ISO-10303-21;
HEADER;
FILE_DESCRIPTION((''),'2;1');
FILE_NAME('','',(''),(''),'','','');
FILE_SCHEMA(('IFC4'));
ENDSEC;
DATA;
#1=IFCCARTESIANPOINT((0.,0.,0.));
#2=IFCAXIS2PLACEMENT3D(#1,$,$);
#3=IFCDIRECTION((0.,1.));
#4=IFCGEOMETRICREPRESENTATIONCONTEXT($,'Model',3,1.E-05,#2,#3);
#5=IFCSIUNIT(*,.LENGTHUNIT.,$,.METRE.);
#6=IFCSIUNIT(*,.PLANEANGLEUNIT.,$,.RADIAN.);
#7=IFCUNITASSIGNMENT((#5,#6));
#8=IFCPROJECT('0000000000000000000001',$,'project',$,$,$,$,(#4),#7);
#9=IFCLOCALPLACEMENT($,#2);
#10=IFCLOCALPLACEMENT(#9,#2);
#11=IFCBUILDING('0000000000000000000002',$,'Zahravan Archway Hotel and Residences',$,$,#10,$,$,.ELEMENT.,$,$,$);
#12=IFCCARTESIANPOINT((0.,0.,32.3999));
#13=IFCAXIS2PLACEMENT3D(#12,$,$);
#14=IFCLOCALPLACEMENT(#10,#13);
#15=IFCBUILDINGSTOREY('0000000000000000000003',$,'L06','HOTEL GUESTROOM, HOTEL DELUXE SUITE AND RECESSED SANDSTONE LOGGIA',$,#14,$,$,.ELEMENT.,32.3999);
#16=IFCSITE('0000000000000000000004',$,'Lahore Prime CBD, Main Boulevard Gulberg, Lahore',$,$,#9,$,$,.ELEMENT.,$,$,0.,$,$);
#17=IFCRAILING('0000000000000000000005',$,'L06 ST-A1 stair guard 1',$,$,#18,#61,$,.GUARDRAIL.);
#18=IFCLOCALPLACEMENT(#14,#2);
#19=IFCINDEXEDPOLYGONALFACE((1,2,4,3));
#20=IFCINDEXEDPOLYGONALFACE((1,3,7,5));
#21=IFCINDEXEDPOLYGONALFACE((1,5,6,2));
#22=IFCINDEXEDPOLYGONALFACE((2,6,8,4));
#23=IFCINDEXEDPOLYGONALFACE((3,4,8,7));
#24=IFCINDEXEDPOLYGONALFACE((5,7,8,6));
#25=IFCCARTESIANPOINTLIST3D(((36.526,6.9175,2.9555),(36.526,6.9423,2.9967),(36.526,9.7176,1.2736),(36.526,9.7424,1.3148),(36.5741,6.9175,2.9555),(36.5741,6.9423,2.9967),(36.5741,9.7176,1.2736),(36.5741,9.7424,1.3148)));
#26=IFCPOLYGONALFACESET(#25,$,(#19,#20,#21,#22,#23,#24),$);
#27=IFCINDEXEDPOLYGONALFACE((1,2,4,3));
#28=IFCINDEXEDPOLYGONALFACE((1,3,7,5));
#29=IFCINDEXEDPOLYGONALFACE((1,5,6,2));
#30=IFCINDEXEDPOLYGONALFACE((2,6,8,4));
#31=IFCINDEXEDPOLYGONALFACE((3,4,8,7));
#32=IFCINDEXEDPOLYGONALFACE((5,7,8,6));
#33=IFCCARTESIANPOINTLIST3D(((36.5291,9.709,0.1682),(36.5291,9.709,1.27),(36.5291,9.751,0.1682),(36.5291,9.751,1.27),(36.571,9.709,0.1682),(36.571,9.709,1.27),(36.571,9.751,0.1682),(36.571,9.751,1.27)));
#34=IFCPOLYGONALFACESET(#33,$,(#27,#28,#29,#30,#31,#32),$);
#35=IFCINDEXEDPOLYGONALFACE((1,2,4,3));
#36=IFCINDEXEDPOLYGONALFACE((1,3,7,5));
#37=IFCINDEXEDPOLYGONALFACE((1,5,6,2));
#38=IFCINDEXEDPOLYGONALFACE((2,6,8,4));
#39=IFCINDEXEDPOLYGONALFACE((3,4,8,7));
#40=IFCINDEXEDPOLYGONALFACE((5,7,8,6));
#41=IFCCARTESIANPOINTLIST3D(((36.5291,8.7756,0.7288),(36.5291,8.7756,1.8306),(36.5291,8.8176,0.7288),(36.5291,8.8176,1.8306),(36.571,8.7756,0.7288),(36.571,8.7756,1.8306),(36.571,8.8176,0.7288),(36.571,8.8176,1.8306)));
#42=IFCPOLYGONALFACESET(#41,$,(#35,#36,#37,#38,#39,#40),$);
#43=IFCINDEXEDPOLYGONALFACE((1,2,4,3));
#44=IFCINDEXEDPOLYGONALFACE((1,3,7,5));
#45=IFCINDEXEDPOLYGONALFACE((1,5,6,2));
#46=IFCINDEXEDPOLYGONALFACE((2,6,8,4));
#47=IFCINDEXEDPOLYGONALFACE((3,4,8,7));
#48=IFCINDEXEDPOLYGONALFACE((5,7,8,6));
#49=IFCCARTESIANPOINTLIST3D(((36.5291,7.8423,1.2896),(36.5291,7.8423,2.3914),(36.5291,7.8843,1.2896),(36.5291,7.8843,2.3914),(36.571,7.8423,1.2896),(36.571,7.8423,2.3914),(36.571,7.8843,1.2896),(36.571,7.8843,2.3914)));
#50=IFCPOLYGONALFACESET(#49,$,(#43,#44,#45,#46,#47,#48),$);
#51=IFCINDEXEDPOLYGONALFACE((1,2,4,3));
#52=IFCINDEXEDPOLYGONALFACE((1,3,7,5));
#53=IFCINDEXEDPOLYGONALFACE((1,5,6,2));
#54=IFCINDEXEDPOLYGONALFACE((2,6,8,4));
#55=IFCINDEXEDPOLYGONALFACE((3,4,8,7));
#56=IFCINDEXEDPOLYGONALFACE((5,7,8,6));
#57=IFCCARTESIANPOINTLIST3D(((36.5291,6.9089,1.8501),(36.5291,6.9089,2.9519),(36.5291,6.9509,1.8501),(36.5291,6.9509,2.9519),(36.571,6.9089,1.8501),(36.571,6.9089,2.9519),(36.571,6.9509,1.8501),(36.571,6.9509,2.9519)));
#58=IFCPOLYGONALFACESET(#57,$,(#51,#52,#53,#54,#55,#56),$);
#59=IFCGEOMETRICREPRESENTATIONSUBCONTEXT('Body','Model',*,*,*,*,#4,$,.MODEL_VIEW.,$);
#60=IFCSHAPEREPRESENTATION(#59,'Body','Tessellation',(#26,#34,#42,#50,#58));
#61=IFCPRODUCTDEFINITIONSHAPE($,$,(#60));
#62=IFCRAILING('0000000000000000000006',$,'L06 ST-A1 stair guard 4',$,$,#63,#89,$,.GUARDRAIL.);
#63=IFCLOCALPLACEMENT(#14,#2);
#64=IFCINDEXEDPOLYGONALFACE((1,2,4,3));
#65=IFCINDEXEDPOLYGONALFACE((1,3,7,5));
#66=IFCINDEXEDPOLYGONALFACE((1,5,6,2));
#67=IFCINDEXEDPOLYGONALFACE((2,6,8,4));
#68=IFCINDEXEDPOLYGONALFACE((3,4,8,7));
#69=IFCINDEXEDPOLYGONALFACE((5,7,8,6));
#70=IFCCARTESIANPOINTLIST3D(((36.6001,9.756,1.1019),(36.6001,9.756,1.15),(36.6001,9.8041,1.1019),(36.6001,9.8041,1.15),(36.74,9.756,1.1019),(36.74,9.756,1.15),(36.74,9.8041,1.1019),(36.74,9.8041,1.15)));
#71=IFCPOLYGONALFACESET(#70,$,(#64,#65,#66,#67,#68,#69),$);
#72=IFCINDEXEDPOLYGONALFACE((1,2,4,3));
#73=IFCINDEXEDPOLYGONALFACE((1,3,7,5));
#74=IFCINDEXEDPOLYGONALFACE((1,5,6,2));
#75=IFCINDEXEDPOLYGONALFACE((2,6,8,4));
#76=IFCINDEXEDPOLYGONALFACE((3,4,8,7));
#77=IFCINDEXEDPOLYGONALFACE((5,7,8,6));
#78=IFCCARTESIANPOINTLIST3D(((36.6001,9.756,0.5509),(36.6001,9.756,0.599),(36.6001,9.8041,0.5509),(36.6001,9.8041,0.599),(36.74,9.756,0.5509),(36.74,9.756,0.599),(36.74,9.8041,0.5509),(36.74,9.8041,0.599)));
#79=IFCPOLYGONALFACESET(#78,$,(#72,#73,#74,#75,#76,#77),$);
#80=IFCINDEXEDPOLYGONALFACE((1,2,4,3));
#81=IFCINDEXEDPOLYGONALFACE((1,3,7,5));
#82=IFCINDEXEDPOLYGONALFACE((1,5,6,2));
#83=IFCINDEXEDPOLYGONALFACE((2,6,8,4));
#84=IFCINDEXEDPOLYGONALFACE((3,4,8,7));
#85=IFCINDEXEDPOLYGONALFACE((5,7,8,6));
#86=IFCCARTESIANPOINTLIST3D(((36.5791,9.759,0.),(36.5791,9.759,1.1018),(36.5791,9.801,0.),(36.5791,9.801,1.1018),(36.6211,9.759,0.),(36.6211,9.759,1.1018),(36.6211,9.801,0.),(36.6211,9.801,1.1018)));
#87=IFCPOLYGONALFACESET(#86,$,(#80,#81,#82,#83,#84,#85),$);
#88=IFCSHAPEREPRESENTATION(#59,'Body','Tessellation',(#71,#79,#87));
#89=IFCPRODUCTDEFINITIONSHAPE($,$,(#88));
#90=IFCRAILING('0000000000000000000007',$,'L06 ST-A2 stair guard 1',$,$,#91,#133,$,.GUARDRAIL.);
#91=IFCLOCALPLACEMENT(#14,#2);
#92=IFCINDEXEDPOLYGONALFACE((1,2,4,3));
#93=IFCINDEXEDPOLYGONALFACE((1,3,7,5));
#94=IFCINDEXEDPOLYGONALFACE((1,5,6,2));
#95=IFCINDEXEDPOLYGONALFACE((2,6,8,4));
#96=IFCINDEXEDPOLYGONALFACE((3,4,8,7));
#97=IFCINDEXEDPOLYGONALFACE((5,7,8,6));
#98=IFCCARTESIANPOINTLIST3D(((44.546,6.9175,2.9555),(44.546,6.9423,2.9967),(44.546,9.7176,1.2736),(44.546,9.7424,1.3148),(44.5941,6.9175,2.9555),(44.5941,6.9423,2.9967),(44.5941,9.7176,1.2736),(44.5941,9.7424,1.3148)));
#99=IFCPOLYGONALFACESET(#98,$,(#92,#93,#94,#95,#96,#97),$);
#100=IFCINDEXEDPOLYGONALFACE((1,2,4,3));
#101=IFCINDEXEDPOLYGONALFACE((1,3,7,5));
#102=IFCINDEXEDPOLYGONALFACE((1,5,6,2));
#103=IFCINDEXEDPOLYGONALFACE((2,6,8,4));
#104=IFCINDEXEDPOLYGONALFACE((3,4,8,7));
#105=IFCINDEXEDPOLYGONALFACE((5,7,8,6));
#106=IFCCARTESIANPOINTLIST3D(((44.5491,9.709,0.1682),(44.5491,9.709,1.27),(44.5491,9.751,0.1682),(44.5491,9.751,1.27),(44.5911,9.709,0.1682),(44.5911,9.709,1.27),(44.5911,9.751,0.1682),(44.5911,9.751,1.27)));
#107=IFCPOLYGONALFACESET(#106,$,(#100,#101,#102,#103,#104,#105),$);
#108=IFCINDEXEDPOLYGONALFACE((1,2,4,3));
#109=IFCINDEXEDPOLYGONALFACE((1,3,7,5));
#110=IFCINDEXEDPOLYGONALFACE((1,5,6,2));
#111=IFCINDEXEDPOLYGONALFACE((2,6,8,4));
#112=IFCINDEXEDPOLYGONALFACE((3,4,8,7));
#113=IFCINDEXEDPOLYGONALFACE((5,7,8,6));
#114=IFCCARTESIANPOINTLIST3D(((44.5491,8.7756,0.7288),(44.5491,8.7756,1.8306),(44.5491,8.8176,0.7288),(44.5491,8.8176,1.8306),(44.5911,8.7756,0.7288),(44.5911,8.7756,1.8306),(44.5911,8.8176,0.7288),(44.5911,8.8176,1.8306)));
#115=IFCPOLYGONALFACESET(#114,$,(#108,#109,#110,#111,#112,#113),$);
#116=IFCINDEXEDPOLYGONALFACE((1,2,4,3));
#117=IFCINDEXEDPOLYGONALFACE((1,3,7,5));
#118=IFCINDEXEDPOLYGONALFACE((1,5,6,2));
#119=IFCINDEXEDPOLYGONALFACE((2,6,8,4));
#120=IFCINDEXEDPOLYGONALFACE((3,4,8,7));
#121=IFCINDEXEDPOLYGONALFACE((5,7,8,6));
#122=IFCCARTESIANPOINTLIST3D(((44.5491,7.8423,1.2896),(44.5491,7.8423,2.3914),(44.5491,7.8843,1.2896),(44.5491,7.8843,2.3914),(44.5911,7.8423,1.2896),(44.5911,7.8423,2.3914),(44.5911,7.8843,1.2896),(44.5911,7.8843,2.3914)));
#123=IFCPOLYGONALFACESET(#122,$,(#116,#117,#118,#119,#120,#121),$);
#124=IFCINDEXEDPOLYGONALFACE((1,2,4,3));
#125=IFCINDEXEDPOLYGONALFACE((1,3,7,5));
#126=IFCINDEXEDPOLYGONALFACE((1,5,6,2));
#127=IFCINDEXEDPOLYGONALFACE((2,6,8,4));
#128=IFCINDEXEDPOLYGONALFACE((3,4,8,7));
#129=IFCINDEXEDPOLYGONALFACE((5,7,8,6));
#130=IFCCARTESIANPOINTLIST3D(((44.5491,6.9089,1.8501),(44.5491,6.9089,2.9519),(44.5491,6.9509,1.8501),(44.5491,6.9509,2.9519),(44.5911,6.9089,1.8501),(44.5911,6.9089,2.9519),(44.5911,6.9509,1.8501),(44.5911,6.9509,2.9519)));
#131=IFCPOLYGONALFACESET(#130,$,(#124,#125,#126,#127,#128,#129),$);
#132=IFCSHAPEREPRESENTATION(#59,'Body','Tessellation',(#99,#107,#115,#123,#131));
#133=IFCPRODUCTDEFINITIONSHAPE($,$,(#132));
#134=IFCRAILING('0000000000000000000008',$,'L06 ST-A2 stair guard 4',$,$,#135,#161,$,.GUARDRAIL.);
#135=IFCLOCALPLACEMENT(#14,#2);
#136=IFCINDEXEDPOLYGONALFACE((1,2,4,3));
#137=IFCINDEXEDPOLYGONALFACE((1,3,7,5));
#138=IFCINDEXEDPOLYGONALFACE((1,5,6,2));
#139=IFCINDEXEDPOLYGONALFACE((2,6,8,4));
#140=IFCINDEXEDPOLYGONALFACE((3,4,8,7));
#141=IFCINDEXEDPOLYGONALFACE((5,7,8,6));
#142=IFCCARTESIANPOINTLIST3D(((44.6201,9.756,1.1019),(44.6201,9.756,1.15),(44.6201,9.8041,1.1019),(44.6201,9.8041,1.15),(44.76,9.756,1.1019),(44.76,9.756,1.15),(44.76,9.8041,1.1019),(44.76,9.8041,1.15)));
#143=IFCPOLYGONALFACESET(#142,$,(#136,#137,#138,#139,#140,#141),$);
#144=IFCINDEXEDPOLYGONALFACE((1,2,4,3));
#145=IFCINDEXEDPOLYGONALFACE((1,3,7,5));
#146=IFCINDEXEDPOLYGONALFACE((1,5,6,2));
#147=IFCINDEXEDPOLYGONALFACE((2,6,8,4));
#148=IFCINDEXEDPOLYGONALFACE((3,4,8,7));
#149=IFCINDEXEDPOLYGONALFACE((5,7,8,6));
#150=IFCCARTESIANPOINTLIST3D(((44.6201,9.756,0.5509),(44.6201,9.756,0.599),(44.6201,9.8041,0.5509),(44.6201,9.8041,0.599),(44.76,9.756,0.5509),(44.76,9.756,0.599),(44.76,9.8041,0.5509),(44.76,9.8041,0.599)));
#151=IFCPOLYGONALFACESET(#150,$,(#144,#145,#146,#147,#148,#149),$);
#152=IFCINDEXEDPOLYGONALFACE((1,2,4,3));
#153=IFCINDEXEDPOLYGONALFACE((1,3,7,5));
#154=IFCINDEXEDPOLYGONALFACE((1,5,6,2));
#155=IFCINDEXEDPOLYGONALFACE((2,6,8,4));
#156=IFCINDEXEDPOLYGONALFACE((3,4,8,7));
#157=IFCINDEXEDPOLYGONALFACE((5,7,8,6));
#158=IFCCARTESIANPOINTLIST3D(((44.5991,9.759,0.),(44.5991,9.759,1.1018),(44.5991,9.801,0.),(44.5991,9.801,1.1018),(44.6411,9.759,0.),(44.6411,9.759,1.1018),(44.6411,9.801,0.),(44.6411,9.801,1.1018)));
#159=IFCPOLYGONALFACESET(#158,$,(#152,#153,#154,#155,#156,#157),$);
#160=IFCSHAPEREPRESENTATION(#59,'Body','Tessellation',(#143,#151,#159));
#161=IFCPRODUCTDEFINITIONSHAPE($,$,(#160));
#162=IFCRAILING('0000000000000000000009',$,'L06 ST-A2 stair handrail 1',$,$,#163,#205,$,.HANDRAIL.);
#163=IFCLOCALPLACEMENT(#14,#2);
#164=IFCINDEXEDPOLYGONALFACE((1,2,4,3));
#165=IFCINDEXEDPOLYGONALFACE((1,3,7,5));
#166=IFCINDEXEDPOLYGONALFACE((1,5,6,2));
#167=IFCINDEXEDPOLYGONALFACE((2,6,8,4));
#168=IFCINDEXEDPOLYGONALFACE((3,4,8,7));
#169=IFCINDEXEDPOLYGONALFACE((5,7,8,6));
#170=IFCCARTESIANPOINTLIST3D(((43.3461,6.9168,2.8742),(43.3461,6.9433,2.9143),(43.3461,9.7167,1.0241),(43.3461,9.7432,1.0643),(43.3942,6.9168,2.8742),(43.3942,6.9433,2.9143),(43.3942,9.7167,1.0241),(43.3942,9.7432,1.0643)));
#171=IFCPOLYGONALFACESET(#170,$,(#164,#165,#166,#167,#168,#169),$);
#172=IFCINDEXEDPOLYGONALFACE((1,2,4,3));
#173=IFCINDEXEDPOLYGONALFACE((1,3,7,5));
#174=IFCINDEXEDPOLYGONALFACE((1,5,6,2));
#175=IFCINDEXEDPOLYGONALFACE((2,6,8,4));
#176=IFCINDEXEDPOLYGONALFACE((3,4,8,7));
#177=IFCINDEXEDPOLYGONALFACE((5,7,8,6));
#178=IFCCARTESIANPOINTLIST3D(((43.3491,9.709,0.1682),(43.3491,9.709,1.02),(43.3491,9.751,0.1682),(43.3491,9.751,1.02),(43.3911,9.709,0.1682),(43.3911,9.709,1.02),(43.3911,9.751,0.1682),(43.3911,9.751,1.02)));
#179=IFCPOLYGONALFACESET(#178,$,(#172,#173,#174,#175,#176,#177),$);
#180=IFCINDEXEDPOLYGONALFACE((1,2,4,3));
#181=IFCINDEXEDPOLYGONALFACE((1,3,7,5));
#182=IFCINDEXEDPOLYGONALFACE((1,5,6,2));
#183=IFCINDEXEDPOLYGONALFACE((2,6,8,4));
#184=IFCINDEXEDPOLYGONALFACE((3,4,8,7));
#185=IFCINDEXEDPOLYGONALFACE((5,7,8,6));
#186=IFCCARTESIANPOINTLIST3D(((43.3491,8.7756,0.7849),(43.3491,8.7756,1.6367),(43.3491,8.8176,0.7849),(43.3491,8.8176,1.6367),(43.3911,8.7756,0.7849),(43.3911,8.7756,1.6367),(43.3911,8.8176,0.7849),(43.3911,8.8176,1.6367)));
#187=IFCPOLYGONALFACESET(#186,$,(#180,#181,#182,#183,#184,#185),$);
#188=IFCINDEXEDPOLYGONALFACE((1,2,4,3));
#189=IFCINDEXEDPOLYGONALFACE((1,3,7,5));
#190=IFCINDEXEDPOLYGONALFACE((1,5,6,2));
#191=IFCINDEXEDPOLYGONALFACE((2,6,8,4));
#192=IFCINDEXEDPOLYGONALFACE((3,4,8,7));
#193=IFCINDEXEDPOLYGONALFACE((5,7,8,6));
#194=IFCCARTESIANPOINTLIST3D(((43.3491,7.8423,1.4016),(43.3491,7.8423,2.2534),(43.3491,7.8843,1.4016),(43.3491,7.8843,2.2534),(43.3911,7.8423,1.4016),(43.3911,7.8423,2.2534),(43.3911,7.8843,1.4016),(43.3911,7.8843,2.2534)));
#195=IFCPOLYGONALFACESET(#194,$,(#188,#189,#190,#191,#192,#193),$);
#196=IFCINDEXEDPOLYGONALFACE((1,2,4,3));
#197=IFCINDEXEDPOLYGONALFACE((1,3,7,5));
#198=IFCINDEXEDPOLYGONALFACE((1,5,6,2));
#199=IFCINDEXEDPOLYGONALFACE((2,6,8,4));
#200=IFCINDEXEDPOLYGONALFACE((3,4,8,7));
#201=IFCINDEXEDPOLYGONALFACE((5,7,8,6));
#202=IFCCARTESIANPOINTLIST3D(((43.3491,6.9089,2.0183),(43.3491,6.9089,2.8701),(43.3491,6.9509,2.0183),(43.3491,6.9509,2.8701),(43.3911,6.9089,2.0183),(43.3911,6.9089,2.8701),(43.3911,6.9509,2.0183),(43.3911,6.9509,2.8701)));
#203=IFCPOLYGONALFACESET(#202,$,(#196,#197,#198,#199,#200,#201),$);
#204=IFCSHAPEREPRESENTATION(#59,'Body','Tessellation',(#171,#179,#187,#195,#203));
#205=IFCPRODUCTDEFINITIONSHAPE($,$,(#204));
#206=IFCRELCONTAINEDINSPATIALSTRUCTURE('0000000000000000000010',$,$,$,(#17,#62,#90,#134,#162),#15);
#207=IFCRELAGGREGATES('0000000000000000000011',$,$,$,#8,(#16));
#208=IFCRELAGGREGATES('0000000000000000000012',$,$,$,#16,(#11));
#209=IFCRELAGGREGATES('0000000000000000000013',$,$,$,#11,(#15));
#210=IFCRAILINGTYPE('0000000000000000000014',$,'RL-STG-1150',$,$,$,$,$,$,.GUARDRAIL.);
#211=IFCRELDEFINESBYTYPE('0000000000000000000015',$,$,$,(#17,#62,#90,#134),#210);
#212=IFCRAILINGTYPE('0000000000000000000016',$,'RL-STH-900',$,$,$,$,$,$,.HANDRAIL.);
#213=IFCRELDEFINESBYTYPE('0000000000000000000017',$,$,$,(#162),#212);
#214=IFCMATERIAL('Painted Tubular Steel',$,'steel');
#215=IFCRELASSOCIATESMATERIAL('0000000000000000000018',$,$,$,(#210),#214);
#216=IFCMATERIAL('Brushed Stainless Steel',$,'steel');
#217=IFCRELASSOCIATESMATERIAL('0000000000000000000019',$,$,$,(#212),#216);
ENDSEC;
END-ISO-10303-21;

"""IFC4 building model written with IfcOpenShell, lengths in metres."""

from ifc_helpers import new_model, si_unit, direction, frame, origin, origin_2d, place, context, subcontext, project, spatial, rectangle, extrude, material, type_object, element, save


model = new_model("IFC4")

# Units and contexts
model_context = context("Model", 3, precision=1e-05, world=origin(), true_north=direction((0.0, 1.0)))
body_context = subcontext(model_context, "Body", "Model", "MODEL_VIEW")
ifc_project = project(units=[si_unit("LENGTHUNIT", "METRE"), si_unit("PLANEANGLEUNIT", "RADIAN")], contexts=[model_context])

# Site, building, storey
site_placement = place(None, origin())
site = spatial("IfcSite", under=ifc_project, at=site_placement, Name="Lahore Prime CBD, Main Boulevard Gulberg, Lahore", CompositionType="ELEMENT", RefElevation=0.0)
building_placement = place(site_placement, origin())
building = spatial("IfcBuilding", under=site, at=building_placement, Name="Zahravan Archway Hotel and Residences", CompositionType="ELEMENT")
storey_placement = place(building_placement, frame((0.0, 0.0, 32.3999)))
storey = spatial("IfcBuildingStorey", under=building, at=storey_placement, Name="L06", Description="HOTEL GUESTROOM, HOTEL DELUXE SUITE AND RECESSED SANDSTONE LOGGIA", CompositionType="ELEMENT", Elevation=32.3999)

# Shared definitions
ifc_material_1 = material(Name="Brushed Stainless Steel", Category="steel")

# Railings
ifc_material_2 = material(Name="Painted Tubular Steel", Category="steel")
railing_type_1 = type_object("IfcRailingType", Name="RL-STG-1150", PredefinedType="GUARDRAIL", material=ifc_material_2)
railing_1_placement = place(storey_placement, frame((36.55, 9.73, 0.1682)))
element("IfcRailing", 1, at=railing_1_placement, inside=storey, type_object=railing_type_1, Name="L06 ST-A1 stair guard 1", PredefinedType="GUARDRAIL", context=body_context, shape_type="SweptSolid", body=[
    extrude(rectangle(XDim=0.0481, YDim=0.0481, at=origin_2d()), frame((0.0, 0.0, 1.126), z_axis=(0.0, -0.857242, 0.514913), x_axis=(1.0, 0.0, 0.0)), (0.0, 0.0, 1.0), 3.2664),
    extrude(rectangle(XDim=0.042, YDim=0.042, at=origin_2d()), origin(), (0.0, 0.0, 1.0), 1.1018),
    extrude(rectangle(XDim=0.042, YDim=0.042, at=origin_2d()), frame((0.0, -0.9333, 0.5605)), (0.0, 0.0, 1.0), 1.1018),
    extrude(rectangle(XDim=0.042, YDim=0.042, at=origin_2d()), frame((0.0, -1.8667, 1.1213)), (0.0, 0.0, 1.0), 1.1018),
    extrude(rectangle(XDim=0.042, YDim=0.042, at=origin_2d()), frame((0.0, -2.8, 1.6819)), (0.0, 0.0, 1.0), 1.1018),
])
railing_2_placement = place(storey_placement, frame((36.6001, 9.78, 0.0)))
element("IfcRailing", 2, at=railing_2_placement, inside=storey, type_object=railing_type_1, Name="L06 ST-A1 stair guard 4", PredefinedType="GUARDRAIL", context=body_context, shape_type="SweptSolid", body=[
    extrude(rectangle(XDim=0.0481, YDim=0.0481, at=origin_2d()), frame((0.0, 0.0, 1.126), z_axis=(1.0, 0.0, 0.0), x_axis=(0.0, 1.0, 0.0)), (0.0, 0.0, 1.0), 0.1399),
    extrude(rectangle(XDim=0.0481, YDim=0.0481, at=origin_2d()), frame((0.0, 0.0, 0.575), z_axis=(1.0, 0.0, 0.0), x_axis=(0.0, 1.0, 0.0)), (0.0, 0.0, 1.0), 0.1399),
    extrude(rectangle(XDim=0.042, YDim=0.042, at=origin_2d()), origin(), (0.0, 0.0, 1.0), 1.1018),
])
railing_3_placement = place(storey_placement, frame((44.5701, 9.73, 0.1682)))
element("IfcRailing", 3, at=railing_3_placement, inside=storey, type_object=railing_type_1, Name="L06 ST-A2 stair guard 1", PredefinedType="GUARDRAIL", context=body_context, shape_type="SweptSolid", body=[
    extrude(rectangle(XDim=0.0481, YDim=0.0481, at=origin_2d()), frame((0.0, 0.0, 1.126), z_axis=(0.0, -0.857242, 0.514913), x_axis=(1.0, 0.0, 0.0)), (0.0, 0.0, 1.0), 3.2664),
    extrude(rectangle(XDim=0.042, YDim=0.042, at=origin_2d()), origin(), (0.0, 0.0, 1.0), 1.1018),
    extrude(rectangle(XDim=0.042, YDim=0.042, at=origin_2d()), frame((0.0, -0.9333, 0.5605)), (0.0, 0.0, 1.0), 1.1018),
    extrude(rectangle(XDim=0.042, YDim=0.042, at=origin_2d()), frame((0.0, -1.8667, 1.1213)), (0.0, 0.0, 1.0), 1.1018),
    extrude(rectangle(XDim=0.042, YDim=0.042, at=origin_2d()), frame((0.0, -2.8, 1.6819)), (0.0, 0.0, 1.0), 1.1018),
])
railing_4_placement = place(storey_placement, frame((44.6201, 9.78, 0.0)))
element("IfcRailing", 4, at=railing_4_placement, inside=storey, type_object=railing_type_1, Name="L06 ST-A2 stair guard 4", PredefinedType="GUARDRAIL", context=body_context, shape_type="SweptSolid", body=[
    extrude(rectangle(XDim=0.0481, YDim=0.0481, at=origin_2d()), frame((0.0, 0.0, 1.126), z_axis=(1.0, 0.0, 0.0), x_axis=(0.0, 1.0, 0.0)), (0.0, 0.0, 1.0), 0.1399),
    extrude(rectangle(XDim=0.0481, YDim=0.0481, at=origin_2d()), frame((0.0, 0.0, 0.575), z_axis=(1.0, 0.0, 0.0), x_axis=(0.0, 1.0, 0.0)), (0.0, 0.0, 1.0), 0.1399),
    extrude(rectangle(XDim=0.042, YDim=0.042, at=origin_2d()), origin(), (0.0, 0.0, 1.0), 1.1018),
])
railing_type_2 = type_object("IfcRailingType", Name="RL-STH-900", PredefinedType="HANDRAIL", material=ifc_material_1)
for number, where, name in (
    (5, (43.3701, 9.73, 0.1682), "L06 ST-A2 stair handrail 1"),
):
    element("IfcRailing", number, at=place(storey_placement, frame(where)), inside=storey, type_object=railing_type_2, Name=name, PredefinedType="HANDRAIL", context=body_context, shape_type="SweptSolid", body=[
        extrude(rectangle(XDim=0.0481, YDim=0.0481, at=origin_2d()), frame((0.0, 0.0, 0.876), z_axis=(0.0, -0.834326, 0.551271), x_axis=(1.0, 0.0, 0.0)), (0.0, 0.0, 1.0), 3.356),
        extrude(rectangle(XDim=0.042, YDim=0.042, at=origin_2d()), origin(), (0.0, 0.0, 1.0), 0.8518),
        extrude(rectangle(XDim=0.042, YDim=0.042, at=origin_2d()), frame((0.0, -0.9333, 0.6167)), (0.0, 0.0, 1.0), 0.8518),
        extrude(rectangle(XDim=0.042, YDim=0.042, at=origin_2d()), frame((0.0, -1.8667, 1.2334)), (0.0, 0.0, 1.0), 0.8518),
        extrude(rectangle(XDim=0.042, YDim=0.042, at=origin_2d()), frame((0.0, -2.8, 1.8501)), (0.0, 0.0, 1.0), 0.8518),
    ])

save(model, "model.ifc")
